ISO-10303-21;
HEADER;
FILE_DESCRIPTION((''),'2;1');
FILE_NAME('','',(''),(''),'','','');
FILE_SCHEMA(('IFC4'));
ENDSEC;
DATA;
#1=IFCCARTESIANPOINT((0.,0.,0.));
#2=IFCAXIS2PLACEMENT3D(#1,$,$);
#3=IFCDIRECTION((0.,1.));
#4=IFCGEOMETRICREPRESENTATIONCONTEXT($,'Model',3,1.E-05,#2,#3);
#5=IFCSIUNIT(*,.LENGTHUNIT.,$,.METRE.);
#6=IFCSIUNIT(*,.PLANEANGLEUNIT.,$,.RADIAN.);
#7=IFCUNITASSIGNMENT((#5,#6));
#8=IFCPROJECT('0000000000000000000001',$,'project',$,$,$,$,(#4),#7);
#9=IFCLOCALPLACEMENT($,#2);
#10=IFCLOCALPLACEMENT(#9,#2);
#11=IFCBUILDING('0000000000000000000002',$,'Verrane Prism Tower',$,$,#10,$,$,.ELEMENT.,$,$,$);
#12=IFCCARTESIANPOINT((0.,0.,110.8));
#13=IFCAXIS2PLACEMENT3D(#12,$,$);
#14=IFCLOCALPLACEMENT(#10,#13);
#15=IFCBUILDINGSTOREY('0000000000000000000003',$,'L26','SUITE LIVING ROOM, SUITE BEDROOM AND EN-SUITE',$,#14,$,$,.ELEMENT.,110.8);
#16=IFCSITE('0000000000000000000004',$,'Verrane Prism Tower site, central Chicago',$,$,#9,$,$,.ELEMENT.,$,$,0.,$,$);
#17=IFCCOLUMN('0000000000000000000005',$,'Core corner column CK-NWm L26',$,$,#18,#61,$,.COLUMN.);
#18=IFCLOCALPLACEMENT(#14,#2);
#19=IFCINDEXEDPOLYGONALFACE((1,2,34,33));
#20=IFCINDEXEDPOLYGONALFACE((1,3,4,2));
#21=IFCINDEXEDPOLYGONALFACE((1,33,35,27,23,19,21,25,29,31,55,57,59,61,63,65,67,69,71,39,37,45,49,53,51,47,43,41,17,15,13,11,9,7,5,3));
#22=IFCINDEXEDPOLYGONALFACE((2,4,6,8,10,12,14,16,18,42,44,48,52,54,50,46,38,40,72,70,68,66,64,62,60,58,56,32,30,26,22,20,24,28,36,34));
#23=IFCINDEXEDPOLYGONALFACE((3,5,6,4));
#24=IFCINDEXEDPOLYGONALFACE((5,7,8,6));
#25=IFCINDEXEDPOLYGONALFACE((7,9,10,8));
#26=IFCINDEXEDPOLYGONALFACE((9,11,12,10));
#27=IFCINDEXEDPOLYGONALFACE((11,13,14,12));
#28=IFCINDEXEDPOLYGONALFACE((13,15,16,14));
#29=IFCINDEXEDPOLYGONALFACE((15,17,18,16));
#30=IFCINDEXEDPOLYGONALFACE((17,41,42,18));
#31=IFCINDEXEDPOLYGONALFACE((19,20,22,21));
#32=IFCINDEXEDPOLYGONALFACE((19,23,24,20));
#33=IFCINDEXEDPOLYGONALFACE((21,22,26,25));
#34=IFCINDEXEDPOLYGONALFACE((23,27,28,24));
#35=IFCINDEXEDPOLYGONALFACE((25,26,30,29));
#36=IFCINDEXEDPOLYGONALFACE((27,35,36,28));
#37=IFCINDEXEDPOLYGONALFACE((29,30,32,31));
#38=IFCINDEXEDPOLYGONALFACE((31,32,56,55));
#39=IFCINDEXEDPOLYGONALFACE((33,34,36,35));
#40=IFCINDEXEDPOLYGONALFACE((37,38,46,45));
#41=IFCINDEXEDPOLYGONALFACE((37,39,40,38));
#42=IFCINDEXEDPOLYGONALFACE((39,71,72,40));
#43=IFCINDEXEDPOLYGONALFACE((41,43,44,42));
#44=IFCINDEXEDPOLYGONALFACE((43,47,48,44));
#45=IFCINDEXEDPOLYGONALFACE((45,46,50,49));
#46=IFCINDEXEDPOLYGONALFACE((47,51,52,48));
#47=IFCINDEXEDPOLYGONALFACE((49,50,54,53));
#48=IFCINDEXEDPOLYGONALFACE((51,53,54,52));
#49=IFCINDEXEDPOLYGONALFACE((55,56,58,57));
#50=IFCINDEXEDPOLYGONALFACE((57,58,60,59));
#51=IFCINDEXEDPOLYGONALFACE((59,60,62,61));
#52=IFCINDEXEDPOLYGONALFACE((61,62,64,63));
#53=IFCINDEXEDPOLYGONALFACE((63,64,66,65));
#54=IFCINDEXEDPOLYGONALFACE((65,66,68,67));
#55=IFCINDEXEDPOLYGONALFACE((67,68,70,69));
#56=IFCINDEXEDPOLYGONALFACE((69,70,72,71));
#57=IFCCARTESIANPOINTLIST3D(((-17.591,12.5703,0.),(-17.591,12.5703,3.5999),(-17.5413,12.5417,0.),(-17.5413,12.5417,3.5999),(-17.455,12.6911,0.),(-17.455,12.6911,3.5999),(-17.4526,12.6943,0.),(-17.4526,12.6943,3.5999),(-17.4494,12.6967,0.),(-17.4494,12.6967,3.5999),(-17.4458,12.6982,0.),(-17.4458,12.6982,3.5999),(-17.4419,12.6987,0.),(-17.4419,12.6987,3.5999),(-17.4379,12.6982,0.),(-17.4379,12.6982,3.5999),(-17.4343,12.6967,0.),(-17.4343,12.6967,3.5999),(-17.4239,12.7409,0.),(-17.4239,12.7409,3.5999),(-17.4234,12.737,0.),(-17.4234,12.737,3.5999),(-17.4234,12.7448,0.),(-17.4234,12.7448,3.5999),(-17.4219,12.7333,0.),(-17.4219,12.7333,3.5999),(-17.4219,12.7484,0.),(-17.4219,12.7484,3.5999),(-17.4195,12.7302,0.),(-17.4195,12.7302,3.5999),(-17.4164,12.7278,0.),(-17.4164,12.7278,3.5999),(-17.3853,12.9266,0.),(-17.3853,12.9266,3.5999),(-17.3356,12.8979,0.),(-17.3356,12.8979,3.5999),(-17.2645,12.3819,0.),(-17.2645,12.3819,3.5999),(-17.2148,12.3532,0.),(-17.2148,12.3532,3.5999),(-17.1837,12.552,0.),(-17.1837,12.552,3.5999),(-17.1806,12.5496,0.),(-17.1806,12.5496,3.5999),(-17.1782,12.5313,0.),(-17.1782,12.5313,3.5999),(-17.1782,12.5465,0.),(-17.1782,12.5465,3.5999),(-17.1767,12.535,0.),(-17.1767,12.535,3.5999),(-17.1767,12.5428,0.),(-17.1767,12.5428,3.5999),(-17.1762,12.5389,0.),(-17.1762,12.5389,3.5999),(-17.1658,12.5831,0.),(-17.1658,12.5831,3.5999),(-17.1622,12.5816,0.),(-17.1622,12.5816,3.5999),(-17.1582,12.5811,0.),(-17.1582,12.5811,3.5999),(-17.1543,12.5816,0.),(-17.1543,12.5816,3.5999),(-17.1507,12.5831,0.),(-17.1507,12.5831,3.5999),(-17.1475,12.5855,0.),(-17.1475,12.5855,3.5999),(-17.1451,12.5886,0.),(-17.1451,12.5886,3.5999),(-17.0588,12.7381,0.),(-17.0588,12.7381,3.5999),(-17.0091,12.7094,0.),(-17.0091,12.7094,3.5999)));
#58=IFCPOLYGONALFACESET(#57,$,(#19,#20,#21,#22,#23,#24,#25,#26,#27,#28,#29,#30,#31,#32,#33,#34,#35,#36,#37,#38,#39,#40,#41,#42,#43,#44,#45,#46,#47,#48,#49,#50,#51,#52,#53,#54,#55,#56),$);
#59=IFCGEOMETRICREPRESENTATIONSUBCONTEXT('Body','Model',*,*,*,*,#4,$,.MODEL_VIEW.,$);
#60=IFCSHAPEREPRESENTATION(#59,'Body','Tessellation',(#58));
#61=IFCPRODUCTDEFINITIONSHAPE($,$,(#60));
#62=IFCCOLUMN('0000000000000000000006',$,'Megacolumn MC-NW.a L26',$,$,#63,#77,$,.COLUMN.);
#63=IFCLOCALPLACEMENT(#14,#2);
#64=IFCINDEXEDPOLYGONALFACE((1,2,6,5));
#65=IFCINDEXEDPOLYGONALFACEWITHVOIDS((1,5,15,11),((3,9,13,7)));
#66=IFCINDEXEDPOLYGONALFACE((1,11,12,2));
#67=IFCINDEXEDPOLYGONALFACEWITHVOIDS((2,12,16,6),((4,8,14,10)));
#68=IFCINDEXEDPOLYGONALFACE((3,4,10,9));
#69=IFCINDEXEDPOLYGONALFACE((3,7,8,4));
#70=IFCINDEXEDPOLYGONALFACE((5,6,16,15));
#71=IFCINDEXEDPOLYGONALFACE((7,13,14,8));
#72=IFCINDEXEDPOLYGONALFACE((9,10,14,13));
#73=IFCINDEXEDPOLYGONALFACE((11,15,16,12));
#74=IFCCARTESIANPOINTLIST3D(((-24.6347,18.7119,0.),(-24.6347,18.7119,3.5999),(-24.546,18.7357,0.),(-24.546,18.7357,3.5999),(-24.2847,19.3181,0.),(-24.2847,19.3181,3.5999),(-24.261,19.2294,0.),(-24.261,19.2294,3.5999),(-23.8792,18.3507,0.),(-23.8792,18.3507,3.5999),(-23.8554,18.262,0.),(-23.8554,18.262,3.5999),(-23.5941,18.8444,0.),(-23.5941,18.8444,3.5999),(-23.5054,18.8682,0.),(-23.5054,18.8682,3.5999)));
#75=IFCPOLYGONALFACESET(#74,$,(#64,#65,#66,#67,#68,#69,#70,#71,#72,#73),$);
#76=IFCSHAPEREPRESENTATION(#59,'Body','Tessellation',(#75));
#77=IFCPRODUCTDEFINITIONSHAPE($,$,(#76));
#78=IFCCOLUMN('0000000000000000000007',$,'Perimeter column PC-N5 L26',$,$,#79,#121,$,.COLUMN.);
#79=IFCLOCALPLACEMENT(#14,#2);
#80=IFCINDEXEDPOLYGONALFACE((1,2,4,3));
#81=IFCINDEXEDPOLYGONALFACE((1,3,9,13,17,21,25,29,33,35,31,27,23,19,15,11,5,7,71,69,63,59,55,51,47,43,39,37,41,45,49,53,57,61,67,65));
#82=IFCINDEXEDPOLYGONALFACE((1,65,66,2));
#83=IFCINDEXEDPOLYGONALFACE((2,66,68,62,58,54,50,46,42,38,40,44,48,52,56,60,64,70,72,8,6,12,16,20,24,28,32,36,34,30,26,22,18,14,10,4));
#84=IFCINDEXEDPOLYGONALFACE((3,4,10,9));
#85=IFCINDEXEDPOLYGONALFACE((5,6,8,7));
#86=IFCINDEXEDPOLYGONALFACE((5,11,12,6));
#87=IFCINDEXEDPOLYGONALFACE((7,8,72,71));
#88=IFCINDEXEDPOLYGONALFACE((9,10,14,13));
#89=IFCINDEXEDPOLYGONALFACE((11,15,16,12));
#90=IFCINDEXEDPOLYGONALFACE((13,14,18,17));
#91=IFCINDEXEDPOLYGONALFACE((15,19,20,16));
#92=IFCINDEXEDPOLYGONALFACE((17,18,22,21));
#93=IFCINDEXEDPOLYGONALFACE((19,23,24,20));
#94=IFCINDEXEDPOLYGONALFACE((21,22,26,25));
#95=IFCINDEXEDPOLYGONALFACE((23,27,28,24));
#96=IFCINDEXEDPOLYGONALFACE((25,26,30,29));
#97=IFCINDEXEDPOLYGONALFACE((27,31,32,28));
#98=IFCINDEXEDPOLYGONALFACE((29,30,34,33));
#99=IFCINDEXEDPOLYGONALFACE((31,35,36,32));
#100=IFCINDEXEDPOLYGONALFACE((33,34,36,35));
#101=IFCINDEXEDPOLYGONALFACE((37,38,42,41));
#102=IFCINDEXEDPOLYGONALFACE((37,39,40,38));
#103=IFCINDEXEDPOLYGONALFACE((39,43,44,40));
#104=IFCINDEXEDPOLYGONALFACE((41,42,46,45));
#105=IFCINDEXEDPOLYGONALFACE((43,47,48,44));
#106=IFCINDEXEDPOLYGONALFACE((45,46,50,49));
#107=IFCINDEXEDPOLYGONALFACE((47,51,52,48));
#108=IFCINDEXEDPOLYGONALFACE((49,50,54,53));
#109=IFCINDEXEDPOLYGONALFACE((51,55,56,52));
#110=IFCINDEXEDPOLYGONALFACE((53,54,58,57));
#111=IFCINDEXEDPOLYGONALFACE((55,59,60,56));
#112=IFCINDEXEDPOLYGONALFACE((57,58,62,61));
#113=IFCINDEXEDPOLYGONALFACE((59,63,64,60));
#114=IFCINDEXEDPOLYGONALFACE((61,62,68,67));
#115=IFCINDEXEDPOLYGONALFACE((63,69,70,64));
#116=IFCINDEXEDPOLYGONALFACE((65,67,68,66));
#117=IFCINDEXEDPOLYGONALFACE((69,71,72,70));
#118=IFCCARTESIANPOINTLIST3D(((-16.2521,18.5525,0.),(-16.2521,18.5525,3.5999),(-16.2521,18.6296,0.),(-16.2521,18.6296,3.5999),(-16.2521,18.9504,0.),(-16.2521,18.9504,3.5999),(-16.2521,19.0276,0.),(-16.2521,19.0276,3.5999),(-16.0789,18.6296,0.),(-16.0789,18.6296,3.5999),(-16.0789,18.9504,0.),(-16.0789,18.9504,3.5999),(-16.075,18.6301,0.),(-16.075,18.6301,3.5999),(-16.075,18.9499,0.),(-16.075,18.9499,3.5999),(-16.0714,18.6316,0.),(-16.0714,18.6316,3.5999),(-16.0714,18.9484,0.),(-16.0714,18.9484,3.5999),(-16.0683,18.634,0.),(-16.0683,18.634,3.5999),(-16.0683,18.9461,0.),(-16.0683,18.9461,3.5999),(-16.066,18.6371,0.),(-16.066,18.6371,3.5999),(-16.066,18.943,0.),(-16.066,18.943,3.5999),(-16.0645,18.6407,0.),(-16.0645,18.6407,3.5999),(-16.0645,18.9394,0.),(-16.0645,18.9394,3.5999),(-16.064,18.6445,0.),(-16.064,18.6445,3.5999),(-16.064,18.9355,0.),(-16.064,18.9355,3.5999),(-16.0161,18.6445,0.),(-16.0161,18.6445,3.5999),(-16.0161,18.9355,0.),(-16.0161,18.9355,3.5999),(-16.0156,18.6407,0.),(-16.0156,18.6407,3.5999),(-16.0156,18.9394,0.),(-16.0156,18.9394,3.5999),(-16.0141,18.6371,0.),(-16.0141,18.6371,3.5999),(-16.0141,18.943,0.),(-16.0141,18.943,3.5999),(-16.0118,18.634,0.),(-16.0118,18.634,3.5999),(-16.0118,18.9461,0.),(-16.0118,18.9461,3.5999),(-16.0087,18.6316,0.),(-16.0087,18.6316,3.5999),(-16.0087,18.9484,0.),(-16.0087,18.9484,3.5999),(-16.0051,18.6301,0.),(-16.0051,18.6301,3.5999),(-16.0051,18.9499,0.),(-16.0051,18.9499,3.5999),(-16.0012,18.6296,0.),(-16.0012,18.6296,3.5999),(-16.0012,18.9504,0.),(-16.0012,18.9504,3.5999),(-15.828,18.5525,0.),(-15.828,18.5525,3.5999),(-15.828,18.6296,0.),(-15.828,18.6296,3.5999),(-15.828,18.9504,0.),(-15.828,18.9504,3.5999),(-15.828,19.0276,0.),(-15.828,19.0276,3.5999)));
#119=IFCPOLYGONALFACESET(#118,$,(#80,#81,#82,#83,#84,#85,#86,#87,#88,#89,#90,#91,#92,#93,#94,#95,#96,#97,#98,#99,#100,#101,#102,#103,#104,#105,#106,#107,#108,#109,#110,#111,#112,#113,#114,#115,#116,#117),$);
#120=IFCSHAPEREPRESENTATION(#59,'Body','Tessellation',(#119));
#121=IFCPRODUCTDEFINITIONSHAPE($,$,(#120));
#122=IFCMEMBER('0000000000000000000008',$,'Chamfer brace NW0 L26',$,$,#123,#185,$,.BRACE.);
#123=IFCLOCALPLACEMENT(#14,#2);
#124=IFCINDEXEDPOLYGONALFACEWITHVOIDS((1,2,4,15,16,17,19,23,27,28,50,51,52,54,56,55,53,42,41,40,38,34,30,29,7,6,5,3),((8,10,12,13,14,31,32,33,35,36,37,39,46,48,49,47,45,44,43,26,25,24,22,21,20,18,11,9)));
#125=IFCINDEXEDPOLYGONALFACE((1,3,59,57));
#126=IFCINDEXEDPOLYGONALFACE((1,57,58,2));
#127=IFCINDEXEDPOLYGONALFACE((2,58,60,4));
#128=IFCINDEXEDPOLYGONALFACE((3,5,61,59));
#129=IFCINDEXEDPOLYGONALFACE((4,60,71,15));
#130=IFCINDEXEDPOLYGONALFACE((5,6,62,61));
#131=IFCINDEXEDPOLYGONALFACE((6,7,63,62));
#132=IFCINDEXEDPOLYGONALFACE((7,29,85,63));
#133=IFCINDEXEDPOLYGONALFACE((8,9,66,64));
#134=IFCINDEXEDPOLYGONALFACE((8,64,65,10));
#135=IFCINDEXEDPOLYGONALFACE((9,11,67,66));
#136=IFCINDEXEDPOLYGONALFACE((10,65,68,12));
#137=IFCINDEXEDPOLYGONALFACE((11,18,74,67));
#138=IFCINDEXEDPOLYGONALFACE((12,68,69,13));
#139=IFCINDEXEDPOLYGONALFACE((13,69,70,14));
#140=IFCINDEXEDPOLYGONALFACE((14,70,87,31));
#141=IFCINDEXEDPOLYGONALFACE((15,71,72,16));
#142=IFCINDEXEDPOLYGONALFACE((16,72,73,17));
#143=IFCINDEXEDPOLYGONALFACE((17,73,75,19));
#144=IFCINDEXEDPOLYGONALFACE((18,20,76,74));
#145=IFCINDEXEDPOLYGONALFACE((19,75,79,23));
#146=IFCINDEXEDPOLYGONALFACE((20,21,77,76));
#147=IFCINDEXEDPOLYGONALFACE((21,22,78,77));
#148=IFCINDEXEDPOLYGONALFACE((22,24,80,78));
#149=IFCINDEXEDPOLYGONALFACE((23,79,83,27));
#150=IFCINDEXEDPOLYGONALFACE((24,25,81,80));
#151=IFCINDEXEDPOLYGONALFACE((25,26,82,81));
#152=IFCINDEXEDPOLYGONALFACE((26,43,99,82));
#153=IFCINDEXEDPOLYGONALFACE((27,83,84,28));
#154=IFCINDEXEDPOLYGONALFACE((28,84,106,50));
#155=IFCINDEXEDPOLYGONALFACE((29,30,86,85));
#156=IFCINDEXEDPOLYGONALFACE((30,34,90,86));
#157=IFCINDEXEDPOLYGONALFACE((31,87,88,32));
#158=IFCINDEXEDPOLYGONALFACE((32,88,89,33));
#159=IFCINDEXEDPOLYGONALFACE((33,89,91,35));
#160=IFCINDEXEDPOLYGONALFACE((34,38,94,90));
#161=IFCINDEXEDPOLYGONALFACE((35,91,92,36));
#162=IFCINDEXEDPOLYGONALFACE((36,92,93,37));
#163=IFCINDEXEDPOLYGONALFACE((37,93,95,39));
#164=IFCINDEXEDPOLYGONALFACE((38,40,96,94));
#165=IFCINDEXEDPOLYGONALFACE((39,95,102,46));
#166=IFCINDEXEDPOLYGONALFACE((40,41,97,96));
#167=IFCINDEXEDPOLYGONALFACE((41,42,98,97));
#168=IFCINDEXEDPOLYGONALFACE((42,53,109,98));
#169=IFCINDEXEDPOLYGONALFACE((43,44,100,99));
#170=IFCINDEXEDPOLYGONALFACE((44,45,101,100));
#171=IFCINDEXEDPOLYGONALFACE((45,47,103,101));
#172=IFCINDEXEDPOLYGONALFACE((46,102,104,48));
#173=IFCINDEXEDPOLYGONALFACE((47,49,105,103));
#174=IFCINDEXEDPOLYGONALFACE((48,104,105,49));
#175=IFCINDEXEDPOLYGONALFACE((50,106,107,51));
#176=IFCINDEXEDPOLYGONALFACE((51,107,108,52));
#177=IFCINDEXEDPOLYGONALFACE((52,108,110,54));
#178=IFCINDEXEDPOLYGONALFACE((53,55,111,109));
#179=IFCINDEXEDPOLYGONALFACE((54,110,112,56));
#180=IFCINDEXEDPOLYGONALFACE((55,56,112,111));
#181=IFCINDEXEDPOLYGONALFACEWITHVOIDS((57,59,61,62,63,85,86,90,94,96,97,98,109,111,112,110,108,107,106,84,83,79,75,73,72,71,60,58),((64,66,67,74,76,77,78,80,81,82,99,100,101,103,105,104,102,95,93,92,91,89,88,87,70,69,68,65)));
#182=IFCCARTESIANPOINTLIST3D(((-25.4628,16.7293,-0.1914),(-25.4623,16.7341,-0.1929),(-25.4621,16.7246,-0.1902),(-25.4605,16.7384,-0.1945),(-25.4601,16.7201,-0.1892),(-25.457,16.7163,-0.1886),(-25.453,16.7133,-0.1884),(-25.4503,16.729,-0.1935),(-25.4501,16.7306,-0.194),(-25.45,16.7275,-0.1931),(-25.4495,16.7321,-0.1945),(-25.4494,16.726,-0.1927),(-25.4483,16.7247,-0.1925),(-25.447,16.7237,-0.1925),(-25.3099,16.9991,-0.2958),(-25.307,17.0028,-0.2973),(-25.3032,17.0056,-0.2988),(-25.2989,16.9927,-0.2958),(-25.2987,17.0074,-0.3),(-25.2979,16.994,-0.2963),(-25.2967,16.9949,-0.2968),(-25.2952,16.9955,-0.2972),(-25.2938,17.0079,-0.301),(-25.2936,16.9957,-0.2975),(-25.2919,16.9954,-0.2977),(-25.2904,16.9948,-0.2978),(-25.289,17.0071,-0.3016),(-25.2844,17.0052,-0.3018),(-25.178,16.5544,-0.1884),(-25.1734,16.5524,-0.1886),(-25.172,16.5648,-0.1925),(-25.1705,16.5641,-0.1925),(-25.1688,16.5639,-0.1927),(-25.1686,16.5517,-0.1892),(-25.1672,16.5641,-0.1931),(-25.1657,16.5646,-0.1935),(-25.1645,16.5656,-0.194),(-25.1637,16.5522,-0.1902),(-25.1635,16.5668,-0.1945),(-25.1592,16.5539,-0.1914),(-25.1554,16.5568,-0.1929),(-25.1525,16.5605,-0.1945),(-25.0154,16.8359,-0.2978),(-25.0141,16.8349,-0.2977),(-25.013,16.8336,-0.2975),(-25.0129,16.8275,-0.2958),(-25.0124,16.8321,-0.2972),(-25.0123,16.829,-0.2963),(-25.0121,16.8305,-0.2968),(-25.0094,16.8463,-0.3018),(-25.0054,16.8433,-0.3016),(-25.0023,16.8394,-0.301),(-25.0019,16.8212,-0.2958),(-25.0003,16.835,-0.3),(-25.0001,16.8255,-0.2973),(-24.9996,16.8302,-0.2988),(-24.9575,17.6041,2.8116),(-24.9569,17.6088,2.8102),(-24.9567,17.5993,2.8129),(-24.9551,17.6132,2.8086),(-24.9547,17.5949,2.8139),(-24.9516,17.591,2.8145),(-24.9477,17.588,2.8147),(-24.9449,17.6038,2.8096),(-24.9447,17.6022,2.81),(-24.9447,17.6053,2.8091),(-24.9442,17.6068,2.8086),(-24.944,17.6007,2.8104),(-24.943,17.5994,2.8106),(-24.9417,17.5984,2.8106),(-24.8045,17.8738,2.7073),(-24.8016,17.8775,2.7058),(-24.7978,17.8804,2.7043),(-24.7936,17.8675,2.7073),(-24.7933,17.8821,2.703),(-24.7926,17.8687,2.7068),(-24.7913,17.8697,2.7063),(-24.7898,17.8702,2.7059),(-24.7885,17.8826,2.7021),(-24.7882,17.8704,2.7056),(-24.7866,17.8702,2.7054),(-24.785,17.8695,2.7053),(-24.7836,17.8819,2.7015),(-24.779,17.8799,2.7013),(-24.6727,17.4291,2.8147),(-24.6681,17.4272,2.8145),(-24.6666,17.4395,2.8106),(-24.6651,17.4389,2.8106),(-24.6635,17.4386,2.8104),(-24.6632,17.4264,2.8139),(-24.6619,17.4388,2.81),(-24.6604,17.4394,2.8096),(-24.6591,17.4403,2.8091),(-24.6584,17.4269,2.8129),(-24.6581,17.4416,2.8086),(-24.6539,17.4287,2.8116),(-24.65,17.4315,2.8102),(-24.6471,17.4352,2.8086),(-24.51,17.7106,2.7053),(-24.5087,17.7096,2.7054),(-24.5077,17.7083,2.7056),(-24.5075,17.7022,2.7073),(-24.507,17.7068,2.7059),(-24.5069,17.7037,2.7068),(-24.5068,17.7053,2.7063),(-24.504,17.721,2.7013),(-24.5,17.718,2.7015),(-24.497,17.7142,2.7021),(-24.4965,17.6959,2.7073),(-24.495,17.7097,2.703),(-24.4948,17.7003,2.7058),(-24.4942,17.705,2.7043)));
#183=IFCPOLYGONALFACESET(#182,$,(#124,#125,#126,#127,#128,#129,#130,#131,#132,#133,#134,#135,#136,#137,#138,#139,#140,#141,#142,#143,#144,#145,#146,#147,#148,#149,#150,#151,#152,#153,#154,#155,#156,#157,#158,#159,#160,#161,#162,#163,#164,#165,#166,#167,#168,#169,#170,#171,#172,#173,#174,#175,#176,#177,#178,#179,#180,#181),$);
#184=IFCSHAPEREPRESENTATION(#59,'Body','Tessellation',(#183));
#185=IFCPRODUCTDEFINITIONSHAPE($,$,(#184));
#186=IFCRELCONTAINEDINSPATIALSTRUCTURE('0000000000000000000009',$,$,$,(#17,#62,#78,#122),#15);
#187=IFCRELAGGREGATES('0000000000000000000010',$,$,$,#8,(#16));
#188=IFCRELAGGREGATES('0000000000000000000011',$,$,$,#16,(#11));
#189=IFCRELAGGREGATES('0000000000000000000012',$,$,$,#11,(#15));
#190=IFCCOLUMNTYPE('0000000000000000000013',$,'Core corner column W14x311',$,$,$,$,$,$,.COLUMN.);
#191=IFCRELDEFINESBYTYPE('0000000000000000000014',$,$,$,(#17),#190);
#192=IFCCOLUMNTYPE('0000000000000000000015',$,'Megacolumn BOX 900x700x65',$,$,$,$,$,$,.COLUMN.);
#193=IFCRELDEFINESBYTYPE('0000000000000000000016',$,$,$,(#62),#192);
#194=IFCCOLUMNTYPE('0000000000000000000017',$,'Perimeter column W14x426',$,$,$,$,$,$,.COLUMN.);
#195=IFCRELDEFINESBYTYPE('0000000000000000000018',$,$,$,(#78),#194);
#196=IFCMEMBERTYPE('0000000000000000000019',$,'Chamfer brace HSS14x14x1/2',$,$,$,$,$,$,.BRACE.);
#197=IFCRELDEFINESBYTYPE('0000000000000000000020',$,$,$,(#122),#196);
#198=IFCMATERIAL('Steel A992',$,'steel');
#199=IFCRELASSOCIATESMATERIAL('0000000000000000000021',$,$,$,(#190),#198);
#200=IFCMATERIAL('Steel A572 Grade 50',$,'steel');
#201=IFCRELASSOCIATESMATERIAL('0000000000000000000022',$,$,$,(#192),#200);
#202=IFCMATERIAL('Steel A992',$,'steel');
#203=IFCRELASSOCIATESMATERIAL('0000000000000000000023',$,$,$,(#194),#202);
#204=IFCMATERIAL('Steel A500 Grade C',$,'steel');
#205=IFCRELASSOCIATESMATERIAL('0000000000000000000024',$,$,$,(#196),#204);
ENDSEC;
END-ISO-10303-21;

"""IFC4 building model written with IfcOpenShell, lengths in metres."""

from ifc_helpers import new_model, si_unit, direction, frame, origin, origin_2d, place, context, subcontext, project, spatial, hollow_rectangle, i_section, extrude, material, material_profile, profile_set, type_object, element, save


model = new_model("IFC4")

# Units and contexts
model_context = context("Model", 3, precision=1e-05, world=origin(), true_north=direction((0.0, 1.0)))
body_context = subcontext(model_context, "Body", "Model", "MODEL_VIEW")
ifc_project = project(units=[si_unit("LENGTHUNIT", "METRE"), si_unit("PLANEANGLEUNIT", "RADIAN")], contexts=[model_context])

# Site, building, storey
site_placement = place(None, origin())
site = spatial("IfcSite", under=ifc_project, at=site_placement, Name="Verrane Prism Tower site, central Chicago", CompositionType="ELEMENT", RefElevation=0.0)
building_placement = place(site_placement, origin())
building = spatial("IfcBuilding", under=site, at=building_placement, Name="Verrane Prism Tower", CompositionType="ELEMENT")
storey_placement = place(building_placement, frame((0.0, 0.0, 110.8)))
storey = spatial("IfcBuildingStorey", under=building, at=storey_placement, Name="L26", Description="SUITE LIVING ROOM, SUITE BEDROOM AND EN-SUITE", CompositionType="ELEMENT", Elevation=110.8)

# Columns
ifc_material_1 = material(Name="Steel A992", Category="steel")
ifc_material_profile_1 = material_profile(ifc_material_1, i_section(OverallWidth=0.4114, OverallDepth=0.4343, WebThickness=0.0359, FlangeThickness=0.0574, FilletRadius=0.0151, at=origin_2d()), Name="W14x311")
ifc_profile_set_1 = profile_set([ifc_material_profile_1], Name="Steel A992")
column_type_1 = type_object("IfcColumnType", Name="Core corner column W14x311", PredefinedType="COLUMN", material=ifc_profile_set_1)
column_1_placement = place(storey_placement, frame((-17.3, 12.6399, 0.0), z_axis=(0.0, 0.0, 1.0), x_axis=(0.5, 0.866025, 0.0)))
element("IfcColumn", 1, at=column_1_placement, inside=storey, type_object=column_type_1, Name="Core corner column CK-NWm L26", PredefinedType="COLUMN", context=body_context, shape_type="SweptSolid", body=[
    extrude(i_section(OverallWidth=0.4114, OverallDepth=0.4343, WebThickness=0.0359, FlangeThickness=0.0574, FilletRadius=0.0151, at=origin_2d()), origin(), (0.0, 0.0, 1.0), 3.5999),
])
ifc_material_2 = material(Name="Steel A572 Grade 50", Category="steel")
ifc_material_profile_2 = material_profile(ifc_material_2, hollow_rectangle(XDim=0.7, YDim=0.8999, WallThickness=0.0649, at=origin_2d()), Name="BOX 900x700x65")
ifc_profile_set_2 = profile_set([ifc_material_profile_2], Name="Steel A572 Grade 50")
column_type_2 = type_object("IfcColumnType", Name="Megacolumn BOX 900x700x65", PredefinedType="COLUMN", material=ifc_profile_set_2)
column_2_placement = place(storey_placement, frame((-24.0701, 18.79, 0.0), z_axis=(0.0, 0.0, 1.0), x_axis=(0.5, 0.866025, 0.0)))
element("IfcColumn", 2, at=column_2_placement, inside=storey, type_object=column_type_2, Name="Megacolumn MC-NW.a L26", PredefinedType="COLUMN", context=body_context, shape_type="SweptSolid", body=[
    extrude(hollow_rectangle(XDim=0.7, YDim=0.8999, WallThickness=0.0649, at=origin_2d()), origin(), (0.0, 0.0, 1.0), 3.5999),
])
ifc_material_3 = material(Name="Steel A992", Category="steel")
ifc_material_profile_3 = material_profile(ifc_material_3, i_section(OverallWidth=0.4241, OverallDepth=0.4751, WebThickness=0.0479, FlangeThickness=0.0771, FilletRadius=0.0149, at=origin_2d()), Name="W14x426")
ifc_profile_set_3 = profile_set([ifc_material_profile_3], Name="Steel A992")
column_type_3 = type_object("IfcColumnType", Name="Perimeter column W14x426", PredefinedType="COLUMN", material=ifc_profile_set_3)
column_3_placement = place(storey_placement, frame((-16.04, 18.79, 0.0), z_axis=(0.0, 0.0, 1.0), x_axis=(1.0, 0.0, 0.0)))
element("IfcColumn", 3, at=column_3_placement, inside=storey, type_object=column_type_3, Name="Perimeter column PC-N5 L26", PredefinedType="COLUMN", context=body_context, shape_type="SweptSolid", body=[
    extrude(i_section(OverallWidth=0.4241, OverallDepth=0.4751, WebThickness=0.0479, FlangeThickness=0.0771, FilletRadius=0.0149, at=origin_2d()), origin(), (0.0, 0.0, 1.0), 3.5999),
])

# Member
ifc_material_4 = material(Name="Steel A500 Grade C", Category="steel")
ifc_material_profile_4 = material_profile(ifc_material_4, hollow_rectangle(XDim=0.3557, YDim=0.3557, WallThickness=0.0127, InnerFilletRadius=0.0063, OuterFilletRadius=0.019, at=origin_2d()), Name="HSS14x14x1/2")
ifc_profile_set_4 = profile_set([ifc_material_profile_4], Name="Steel A500 Grade C")
member_type_1 = type_object("IfcMemberType", Name="Chamfer brace HSS14x14x1/2", PredefinedType="BRACE", material=ifc_profile_set_4)
member_1_placement = place(storey_placement, frame((-25.2312, 16.7798, -0.2451), z_axis=(0.159496, 0.276075, 0.94781), x_axis=(-0.865884, 0.500245, 0.0)))
element("IfcMember", 4, at=member_1_placement, inside=storey, type_object=member_type_1, Name="Chamfer brace NW0 L26", PredefinedType="BRACE", context=body_context, shape_type="SweptSolid", body=[
    extrude(hollow_rectangle(XDim=0.3557, YDim=0.3557, WallThickness=0.0127, InnerFilletRadius=0.0063, OuterFilletRadius=0.019, at=origin_2d()), origin(), (0.0, 0.0, 1.0), 3.1685),
])

save(model, "model.ifc")
